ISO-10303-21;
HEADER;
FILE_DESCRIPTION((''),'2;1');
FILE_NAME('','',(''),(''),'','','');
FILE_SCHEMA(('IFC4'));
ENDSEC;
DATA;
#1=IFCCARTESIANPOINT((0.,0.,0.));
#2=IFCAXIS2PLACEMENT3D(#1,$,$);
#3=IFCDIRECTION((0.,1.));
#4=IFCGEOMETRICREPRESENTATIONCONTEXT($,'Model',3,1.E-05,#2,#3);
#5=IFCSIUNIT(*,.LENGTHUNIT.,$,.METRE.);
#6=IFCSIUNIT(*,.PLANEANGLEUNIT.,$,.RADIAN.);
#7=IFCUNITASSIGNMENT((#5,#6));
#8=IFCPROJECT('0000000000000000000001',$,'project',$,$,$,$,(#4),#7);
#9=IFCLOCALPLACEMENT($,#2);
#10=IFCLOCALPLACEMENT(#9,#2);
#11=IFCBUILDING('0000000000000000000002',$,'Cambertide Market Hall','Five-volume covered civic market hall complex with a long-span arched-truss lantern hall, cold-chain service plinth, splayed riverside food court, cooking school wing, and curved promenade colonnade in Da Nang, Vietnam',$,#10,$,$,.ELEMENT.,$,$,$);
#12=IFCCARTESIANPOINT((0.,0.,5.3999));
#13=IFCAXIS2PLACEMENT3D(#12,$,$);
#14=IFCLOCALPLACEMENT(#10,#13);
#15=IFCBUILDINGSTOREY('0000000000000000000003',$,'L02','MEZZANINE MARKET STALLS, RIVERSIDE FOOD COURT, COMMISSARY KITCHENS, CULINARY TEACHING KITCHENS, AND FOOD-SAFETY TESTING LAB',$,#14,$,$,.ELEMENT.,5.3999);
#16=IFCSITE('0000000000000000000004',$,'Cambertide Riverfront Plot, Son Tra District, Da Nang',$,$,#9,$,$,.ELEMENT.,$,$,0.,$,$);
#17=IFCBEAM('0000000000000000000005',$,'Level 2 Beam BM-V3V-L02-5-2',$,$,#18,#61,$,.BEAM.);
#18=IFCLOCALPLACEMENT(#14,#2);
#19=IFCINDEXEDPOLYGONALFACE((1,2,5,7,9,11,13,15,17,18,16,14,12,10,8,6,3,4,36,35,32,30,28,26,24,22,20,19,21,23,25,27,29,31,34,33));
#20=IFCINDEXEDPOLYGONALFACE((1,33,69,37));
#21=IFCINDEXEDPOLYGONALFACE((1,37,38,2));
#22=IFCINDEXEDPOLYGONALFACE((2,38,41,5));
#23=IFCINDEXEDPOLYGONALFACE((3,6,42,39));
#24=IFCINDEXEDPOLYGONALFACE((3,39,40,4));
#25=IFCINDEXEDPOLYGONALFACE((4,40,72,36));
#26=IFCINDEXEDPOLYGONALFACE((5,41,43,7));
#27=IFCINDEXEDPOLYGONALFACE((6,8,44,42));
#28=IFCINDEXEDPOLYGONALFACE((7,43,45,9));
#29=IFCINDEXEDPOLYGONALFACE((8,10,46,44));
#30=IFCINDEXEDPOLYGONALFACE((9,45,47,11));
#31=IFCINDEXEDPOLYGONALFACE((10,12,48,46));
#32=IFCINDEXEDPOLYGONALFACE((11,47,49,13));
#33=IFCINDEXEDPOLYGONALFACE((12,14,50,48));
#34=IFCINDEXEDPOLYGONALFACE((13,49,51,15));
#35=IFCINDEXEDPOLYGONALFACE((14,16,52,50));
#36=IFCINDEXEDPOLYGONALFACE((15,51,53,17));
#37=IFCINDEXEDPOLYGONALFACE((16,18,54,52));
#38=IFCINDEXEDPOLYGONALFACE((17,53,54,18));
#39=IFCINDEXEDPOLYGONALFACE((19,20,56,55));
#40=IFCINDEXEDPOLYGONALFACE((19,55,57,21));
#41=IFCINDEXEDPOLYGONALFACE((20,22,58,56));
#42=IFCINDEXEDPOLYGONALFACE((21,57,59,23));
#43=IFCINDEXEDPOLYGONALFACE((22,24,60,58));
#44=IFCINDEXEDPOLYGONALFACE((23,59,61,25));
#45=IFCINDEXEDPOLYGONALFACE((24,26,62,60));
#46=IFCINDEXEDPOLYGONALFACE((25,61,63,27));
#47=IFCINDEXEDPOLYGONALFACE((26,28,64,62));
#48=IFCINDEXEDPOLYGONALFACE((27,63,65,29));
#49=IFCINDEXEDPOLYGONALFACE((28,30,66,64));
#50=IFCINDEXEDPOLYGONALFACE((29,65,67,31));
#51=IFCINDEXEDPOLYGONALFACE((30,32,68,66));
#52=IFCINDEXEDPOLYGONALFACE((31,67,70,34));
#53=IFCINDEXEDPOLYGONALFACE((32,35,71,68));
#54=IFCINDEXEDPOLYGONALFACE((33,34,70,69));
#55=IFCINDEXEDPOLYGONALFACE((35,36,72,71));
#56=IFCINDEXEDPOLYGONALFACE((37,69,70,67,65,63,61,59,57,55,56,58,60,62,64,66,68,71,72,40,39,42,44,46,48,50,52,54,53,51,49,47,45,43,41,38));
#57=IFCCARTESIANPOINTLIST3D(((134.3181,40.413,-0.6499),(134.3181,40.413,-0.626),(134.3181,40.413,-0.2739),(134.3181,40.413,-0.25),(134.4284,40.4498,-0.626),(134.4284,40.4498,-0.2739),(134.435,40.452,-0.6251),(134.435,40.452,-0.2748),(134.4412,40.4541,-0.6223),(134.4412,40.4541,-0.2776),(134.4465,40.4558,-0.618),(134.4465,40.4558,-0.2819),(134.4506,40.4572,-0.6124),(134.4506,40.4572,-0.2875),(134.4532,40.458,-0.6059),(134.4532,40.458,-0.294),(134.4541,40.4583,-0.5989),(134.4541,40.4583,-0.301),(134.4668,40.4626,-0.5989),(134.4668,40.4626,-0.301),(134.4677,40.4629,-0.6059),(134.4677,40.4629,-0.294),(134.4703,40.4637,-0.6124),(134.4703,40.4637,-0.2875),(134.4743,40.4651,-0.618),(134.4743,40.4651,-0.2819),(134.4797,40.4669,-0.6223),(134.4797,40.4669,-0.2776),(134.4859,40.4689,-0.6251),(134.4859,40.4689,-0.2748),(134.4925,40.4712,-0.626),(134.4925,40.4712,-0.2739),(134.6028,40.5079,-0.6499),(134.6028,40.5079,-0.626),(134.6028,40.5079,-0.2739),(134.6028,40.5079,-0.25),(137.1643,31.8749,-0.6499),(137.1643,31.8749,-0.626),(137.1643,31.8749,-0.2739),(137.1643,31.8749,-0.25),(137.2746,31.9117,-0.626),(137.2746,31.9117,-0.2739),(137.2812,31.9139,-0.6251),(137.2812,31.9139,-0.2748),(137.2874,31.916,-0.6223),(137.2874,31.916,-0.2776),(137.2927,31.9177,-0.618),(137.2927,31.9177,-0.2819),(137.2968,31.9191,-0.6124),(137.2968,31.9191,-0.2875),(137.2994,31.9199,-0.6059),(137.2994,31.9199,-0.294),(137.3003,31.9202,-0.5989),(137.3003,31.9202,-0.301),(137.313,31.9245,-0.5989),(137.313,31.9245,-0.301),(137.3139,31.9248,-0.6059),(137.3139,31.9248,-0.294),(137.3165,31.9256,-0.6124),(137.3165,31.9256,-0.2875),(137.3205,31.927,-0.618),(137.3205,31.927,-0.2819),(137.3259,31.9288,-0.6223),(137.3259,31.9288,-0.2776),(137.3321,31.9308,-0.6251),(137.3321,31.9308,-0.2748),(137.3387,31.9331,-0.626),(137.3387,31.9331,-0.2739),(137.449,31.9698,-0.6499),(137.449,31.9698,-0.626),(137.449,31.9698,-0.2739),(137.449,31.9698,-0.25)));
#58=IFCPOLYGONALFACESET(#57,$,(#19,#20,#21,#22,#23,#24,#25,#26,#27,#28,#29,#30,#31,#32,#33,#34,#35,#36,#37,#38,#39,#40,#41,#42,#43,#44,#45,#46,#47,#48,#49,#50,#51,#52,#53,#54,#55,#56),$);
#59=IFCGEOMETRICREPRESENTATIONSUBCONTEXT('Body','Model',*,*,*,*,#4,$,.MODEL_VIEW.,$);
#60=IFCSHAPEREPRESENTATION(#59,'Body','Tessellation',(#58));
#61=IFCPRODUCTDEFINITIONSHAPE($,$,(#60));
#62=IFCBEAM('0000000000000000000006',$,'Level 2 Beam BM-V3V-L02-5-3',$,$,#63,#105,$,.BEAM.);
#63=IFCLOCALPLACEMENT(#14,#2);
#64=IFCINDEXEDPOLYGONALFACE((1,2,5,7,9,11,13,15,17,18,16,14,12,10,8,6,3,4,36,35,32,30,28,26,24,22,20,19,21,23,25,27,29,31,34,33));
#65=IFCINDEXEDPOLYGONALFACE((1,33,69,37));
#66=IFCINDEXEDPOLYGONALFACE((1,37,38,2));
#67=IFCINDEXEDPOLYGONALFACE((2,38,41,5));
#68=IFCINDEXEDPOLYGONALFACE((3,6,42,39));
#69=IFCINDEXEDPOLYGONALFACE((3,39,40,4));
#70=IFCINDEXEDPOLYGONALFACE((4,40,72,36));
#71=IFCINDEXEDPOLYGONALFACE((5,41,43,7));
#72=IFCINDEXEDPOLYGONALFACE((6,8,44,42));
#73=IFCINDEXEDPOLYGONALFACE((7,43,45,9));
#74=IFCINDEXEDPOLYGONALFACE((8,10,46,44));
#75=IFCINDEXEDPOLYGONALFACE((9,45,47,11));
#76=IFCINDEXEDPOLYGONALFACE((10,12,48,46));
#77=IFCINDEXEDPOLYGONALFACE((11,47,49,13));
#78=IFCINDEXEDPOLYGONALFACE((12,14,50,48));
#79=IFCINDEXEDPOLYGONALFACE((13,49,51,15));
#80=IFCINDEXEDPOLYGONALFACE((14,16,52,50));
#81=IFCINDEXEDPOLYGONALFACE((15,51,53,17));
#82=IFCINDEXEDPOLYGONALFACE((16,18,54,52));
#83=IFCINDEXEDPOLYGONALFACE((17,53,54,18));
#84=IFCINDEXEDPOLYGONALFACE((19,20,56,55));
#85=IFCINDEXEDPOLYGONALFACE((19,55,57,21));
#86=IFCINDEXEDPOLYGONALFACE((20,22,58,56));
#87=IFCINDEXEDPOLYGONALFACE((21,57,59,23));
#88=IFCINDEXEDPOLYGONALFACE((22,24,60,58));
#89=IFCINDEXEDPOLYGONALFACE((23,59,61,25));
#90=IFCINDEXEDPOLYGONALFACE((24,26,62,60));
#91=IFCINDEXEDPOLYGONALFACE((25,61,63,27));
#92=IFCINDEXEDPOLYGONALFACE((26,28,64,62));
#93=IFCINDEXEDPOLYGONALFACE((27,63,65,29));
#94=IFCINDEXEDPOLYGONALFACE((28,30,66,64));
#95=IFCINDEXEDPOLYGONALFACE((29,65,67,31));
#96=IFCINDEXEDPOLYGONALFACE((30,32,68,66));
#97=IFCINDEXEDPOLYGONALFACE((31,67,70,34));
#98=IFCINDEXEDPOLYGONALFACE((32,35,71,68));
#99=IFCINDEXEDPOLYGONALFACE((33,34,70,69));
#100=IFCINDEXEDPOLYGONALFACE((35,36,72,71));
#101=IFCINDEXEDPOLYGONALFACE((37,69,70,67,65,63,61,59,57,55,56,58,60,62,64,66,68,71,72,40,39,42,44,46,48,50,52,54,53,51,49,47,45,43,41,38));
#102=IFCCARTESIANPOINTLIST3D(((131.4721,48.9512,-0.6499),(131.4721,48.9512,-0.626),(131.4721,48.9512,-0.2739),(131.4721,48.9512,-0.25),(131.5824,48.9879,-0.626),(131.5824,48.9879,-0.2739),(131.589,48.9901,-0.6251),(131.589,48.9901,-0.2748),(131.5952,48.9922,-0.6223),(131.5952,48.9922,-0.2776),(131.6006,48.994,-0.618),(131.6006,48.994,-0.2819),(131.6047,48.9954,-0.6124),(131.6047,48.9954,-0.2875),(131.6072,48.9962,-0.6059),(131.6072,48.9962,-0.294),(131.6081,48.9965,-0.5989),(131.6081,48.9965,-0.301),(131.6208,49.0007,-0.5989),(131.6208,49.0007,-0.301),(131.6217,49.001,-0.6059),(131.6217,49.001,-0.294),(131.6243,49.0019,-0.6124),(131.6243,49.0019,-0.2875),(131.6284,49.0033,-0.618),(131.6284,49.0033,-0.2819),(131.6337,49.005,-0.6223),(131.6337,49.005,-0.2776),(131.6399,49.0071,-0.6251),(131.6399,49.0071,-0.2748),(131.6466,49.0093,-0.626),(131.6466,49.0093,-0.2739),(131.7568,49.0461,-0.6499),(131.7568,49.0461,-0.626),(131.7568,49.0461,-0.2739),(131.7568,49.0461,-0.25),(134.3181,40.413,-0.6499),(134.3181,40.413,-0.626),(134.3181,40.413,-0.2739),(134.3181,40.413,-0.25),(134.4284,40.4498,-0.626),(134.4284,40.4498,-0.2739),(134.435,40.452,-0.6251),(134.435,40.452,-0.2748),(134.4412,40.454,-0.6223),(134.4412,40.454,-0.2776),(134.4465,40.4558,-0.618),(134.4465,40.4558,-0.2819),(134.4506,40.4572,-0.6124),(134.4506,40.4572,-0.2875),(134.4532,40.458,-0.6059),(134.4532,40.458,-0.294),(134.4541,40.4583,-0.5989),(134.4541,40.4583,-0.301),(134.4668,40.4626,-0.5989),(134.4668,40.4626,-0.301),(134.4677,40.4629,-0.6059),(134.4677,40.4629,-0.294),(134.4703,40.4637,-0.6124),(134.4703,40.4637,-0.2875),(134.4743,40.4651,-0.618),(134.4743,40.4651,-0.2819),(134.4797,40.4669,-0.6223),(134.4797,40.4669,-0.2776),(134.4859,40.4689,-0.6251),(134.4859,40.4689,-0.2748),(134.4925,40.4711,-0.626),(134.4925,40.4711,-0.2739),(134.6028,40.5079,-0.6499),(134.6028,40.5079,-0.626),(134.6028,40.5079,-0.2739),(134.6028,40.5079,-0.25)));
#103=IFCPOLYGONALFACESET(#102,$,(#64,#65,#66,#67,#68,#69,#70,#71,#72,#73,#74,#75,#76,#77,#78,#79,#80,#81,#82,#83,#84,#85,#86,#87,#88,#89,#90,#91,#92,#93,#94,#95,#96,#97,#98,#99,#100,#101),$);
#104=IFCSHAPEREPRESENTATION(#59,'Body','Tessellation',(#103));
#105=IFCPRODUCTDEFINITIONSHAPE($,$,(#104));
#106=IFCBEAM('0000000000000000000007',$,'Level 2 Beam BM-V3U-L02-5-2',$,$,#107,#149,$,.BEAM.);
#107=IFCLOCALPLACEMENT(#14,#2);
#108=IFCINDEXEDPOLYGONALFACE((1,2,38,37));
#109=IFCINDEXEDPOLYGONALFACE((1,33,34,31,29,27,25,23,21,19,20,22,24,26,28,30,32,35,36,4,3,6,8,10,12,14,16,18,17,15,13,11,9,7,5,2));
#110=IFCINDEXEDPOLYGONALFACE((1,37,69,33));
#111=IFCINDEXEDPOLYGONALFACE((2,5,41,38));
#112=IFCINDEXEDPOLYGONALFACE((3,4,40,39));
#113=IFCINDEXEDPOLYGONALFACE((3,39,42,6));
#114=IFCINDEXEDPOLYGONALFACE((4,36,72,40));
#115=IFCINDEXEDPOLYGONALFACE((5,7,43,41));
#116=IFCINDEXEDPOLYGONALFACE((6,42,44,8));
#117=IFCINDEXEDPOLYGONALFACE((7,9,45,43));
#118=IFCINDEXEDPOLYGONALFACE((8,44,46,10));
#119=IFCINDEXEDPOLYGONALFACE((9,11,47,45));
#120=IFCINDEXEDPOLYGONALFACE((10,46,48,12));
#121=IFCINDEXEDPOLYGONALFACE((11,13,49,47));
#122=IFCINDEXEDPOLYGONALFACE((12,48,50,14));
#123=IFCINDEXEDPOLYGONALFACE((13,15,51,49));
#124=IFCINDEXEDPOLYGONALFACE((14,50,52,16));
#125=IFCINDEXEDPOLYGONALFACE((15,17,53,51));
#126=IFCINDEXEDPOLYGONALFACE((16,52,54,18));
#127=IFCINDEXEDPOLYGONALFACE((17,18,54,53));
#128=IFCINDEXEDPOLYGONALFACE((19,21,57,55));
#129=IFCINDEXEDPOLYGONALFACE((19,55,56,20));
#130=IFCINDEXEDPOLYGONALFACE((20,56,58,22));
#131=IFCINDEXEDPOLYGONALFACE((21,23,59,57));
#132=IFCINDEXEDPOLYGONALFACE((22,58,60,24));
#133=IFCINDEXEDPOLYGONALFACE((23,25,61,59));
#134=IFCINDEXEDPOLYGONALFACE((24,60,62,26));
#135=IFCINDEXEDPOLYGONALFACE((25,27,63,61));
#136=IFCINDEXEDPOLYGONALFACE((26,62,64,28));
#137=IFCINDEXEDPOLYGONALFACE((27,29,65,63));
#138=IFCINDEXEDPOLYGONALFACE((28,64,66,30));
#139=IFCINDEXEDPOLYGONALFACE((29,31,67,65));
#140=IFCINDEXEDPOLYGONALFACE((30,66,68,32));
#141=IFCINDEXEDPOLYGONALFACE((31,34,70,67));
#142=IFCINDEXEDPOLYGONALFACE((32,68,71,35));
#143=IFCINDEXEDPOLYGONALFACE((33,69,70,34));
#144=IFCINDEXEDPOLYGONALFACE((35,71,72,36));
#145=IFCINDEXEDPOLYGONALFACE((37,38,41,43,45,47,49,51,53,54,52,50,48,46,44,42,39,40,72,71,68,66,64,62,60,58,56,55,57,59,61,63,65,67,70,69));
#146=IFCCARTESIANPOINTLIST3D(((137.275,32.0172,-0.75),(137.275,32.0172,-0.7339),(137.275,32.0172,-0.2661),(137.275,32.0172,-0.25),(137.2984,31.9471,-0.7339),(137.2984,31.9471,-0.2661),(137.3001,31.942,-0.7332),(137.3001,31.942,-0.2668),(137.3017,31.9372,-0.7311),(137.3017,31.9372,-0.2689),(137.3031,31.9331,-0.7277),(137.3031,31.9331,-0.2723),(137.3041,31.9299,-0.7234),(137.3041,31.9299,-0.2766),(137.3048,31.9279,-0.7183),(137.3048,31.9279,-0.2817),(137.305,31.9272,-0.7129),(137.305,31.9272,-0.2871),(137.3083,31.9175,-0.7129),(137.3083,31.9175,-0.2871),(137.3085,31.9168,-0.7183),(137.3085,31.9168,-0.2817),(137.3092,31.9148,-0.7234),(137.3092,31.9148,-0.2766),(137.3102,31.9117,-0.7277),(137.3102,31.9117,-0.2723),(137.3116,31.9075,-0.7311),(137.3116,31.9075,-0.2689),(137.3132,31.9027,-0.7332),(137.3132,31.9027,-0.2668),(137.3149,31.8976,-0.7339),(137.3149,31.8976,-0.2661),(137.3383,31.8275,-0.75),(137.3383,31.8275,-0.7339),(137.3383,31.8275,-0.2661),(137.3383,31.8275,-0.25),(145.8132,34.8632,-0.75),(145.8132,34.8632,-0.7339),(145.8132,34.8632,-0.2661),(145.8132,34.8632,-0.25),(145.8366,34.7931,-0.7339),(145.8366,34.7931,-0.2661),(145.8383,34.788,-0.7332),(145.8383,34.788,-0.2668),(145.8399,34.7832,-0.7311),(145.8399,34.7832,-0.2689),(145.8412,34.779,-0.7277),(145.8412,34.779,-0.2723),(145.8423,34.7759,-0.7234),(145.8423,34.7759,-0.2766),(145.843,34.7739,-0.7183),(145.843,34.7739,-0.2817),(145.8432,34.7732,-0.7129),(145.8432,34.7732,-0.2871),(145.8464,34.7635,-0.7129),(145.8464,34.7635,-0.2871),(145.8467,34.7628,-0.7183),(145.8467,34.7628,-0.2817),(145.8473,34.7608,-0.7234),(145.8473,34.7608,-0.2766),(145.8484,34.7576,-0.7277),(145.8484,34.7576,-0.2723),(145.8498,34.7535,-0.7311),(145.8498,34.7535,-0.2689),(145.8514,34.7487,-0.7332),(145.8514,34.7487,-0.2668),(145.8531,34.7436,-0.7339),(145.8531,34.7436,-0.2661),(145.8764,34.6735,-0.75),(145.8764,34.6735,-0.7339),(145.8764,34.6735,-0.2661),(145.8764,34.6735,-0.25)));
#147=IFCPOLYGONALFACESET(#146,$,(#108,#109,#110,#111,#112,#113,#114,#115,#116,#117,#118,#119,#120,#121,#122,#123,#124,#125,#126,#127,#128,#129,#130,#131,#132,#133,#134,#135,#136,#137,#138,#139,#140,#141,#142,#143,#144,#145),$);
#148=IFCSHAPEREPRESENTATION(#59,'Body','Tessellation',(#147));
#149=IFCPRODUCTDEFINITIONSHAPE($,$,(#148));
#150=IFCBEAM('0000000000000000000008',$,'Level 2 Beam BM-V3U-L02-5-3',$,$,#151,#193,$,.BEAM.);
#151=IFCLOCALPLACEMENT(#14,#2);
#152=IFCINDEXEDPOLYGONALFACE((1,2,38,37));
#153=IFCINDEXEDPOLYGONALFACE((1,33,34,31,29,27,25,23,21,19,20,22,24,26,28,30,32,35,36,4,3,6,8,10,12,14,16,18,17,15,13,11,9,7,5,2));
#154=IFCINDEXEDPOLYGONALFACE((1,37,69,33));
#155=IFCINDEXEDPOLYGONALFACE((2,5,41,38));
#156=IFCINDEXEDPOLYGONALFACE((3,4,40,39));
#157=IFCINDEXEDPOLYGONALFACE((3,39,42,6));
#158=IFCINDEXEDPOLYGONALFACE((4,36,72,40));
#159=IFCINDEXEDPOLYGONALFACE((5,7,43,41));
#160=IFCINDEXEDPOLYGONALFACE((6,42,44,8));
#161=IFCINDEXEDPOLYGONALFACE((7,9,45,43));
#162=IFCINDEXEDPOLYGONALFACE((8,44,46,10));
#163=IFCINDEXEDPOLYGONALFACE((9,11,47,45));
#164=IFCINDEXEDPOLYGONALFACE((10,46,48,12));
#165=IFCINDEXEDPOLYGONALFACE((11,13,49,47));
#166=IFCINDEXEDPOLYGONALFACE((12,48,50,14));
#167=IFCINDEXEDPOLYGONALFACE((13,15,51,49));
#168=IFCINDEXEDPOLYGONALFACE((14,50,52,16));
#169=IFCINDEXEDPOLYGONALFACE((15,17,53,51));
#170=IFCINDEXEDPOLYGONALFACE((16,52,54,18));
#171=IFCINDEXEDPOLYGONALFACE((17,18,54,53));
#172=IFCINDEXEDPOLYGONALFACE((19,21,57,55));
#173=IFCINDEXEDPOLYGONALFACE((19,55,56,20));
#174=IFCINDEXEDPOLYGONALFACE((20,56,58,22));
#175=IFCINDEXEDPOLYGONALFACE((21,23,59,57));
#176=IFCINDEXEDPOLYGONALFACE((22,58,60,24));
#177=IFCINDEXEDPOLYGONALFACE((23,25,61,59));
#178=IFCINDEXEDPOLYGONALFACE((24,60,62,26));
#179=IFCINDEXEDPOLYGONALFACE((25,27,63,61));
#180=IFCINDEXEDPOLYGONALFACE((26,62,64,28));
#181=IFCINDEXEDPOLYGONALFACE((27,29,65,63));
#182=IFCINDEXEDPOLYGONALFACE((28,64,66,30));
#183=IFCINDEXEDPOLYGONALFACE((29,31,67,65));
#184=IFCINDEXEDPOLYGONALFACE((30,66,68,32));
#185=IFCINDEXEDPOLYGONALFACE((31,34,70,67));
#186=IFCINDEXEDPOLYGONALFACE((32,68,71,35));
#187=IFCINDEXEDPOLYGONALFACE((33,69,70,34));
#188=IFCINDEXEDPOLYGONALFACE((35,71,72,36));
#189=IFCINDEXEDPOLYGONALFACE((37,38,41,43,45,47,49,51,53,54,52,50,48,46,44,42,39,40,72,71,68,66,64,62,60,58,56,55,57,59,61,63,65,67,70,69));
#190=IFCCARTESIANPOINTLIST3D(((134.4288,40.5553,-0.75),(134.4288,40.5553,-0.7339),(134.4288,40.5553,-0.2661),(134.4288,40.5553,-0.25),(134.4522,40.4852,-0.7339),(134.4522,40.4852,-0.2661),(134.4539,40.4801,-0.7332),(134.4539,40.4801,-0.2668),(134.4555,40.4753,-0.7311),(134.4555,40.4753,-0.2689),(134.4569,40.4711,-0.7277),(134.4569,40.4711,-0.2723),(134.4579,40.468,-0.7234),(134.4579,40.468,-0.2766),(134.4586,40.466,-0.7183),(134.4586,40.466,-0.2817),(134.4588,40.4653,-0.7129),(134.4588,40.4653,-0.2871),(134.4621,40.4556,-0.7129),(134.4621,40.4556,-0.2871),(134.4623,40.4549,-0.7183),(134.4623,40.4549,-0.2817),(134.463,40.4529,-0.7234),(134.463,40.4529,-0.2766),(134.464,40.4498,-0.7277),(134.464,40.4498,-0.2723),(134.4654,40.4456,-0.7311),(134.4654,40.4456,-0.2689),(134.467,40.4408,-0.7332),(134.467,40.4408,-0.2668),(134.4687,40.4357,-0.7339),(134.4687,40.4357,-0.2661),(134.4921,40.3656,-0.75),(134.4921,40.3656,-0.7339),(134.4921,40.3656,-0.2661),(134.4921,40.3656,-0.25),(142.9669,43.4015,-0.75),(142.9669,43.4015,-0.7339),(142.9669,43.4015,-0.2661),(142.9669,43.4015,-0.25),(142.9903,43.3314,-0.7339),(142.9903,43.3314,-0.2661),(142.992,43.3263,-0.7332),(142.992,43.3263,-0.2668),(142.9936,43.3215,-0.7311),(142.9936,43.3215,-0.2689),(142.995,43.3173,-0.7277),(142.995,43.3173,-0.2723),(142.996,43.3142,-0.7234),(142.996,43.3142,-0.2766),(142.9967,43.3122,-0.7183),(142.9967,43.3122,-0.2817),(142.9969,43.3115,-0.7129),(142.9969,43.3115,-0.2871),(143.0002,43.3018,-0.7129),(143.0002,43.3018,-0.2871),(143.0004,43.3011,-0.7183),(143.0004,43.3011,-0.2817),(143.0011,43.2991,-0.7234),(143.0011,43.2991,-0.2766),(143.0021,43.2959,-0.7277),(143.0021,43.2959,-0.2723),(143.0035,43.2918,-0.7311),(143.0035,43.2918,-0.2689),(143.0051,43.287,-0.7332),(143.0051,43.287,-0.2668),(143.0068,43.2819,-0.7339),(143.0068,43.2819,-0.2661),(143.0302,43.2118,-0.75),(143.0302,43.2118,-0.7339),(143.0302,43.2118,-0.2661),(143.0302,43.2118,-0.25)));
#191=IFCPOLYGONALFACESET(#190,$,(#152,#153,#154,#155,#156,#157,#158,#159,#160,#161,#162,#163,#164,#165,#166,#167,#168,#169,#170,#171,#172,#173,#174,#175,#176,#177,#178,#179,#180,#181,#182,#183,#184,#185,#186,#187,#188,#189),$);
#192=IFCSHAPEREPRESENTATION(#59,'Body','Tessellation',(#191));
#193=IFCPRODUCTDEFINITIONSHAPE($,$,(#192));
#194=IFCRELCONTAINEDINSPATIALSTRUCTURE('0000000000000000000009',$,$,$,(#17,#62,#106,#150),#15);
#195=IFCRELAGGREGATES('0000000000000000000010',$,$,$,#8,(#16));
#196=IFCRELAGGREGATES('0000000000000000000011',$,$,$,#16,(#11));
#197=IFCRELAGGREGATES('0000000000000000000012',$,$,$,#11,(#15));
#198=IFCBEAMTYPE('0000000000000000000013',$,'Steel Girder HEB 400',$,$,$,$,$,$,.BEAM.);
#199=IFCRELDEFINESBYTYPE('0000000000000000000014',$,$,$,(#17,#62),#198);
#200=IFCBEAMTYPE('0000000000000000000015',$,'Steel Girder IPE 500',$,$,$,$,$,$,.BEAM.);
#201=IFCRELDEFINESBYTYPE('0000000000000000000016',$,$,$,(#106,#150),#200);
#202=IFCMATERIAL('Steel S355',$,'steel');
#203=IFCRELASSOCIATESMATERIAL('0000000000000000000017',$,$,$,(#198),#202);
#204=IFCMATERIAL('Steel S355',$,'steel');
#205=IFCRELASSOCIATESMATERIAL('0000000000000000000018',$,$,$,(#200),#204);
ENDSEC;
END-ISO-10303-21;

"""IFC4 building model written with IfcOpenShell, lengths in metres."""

from ifc_helpers import new_model, si_unit, direction, frame, origin, origin_2d, place, context, subcontext, project, spatial, i_section, extrude, material, material_profile, profile_set, type_object, element, save


model = new_model("IFC4")

# Units and contexts
model_context = context("Model", 3, precision=1e-05, world=origin(), true_north=direction((0.0, 1.0)))
body_context = subcontext(model_context, "Body", "Model", "MODEL_VIEW")
ifc_project = project(units=[si_unit("LENGTHUNIT", "METRE"), si_unit("PLANEANGLEUNIT", "RADIAN")], contexts=[model_context])

# Site, building, storey
site_placement = place(None, origin())
site = spatial("IfcSite", under=ifc_project, at=site_placement, Name="Cambertide Riverfront Plot, Son Tra District, Da Nang", CompositionType="ELEMENT", RefElevation=0.0)
building_placement = place(site_placement, origin())
building = spatial("IfcBuilding", under=site, at=building_placement, Name="Cambertide Market Hall", Description="Five-volume covered civic market hall complex with a long-span arched-truss lantern hall, cold-chain service plinth, splayed riverside food court, cooking school wing, and curved promenade colonnade in Da Nang, Vietnam", CompositionType="ELEMENT")
storey_placement = place(building_placement, frame((0.0, 0.0, 5.3999)))
storey = spatial("IfcBuildingStorey", under=building, at=storey_placement, Name="L02", Description="MEZZANINE MARKET STALLS, RIVERSIDE FOOD COURT, COMMISSARY KITCHENS, CULINARY TEACHING KITCHENS, AND FOOD-SAFETY TESTING LAB", CompositionType="ELEMENT", Elevation=5.3999)

# Beams
ifc_material_1 = material(Name="Steel S355", Category="steel")
ifc_material_profile_1 = material_profile(ifc_material_1, i_section(OverallWidth=0.3, OverallDepth=0.3999, WebThickness=0.0134, FlangeThickness=0.0239, FilletRadius=0.0271, at=origin_2d()), Name="HEB 400")
ifc_profile_set_1 = profile_set([ifc_material_profile_1], Name="Steel S355")
beam_type_1 = type_object("IfcBeamType", Name="Steel Girder HEB 400", PredefinedType="BEAM", material=ifc_profile_set_1)
for number, where, z_axis, x_axis, name in (
    (1, (137.3066, 31.9224, -0.45), (-0.316244, 0.948678, 0.0), (-0.948678, -0.316244, 0.0), "Level 2 Beam BM-V3V-L02-5-2"),
    (2, (134.4604, 40.4604, -0.45), (-0.31622, 0.948686, 0.0), (-0.948686, -0.31622, 0.0), "Level 2 Beam BM-V3V-L02-5-3"),
):
    element("IfcBeam", number, at=place(storey_placement, frame(where, z_axis=z_axis, x_axis=x_axis)), inside=storey, type_object=beam_type_1, Name=name, PredefinedType="BEAM", context=body_context, shape_type="SweptSolid", body=[
        extrude(i_section(OverallWidth=0.3, OverallDepth=0.3999, WebThickness=0.0134, FlangeThickness=0.0239, FilletRadius=0.0271, at=origin_2d()), origin(), (0.0, 0.0, 1.0), 9.0),
    ])
ifc_material_2 = material(Name="Steel S355", Category="steel")
ifc_material_profile_2 = material_profile(ifc_material_2, i_section(OverallWidth=0.2, OverallDepth=0.5, WebThickness=0.0103, FlangeThickness=0.0161, FilletRadius=0.021, at=origin_2d()), Name="IPE 500")
ifc_profile_set_2 = profile_set([ifc_material_profile_2], Name="Steel S355")
beam_type_2 = type_object("IfcBeamType", Name="Steel Girder IPE 500", PredefinedType="BEAM", material=ifc_profile_set_2)
for number, where, z_axis, x_axis, name in (
    (3, (137.3066, 31.9224, -0.5), (0.948686, 0.31622, 0.0), (-0.31622, 0.948686, 0.0), "Level 2 Beam BM-V3U-L02-5-2"),
    (4, (134.4604, 40.4604, -0.5), (0.948678, 0.316244, 0.0), (-0.316244, 0.948678, 0.0), "Level 2 Beam BM-V3U-L02-5-3"),
):
    element("IfcBeam", number, at=place(storey_placement, frame(where, z_axis=z_axis, x_axis=x_axis)), inside=storey, type_object=beam_type_2, Name=name, PredefinedType="BEAM", context=body_context, shape_type="SweptSolid", body=[
        extrude(i_section(OverallWidth=0.2, OverallDepth=0.5, WebThickness=0.0103, FlangeThickness=0.0161, FilletRadius=0.021, at=origin_2d()), origin(), (0.0, 0.0, 1.0), 9.0),
    ])

save(model, "model.ifc")
